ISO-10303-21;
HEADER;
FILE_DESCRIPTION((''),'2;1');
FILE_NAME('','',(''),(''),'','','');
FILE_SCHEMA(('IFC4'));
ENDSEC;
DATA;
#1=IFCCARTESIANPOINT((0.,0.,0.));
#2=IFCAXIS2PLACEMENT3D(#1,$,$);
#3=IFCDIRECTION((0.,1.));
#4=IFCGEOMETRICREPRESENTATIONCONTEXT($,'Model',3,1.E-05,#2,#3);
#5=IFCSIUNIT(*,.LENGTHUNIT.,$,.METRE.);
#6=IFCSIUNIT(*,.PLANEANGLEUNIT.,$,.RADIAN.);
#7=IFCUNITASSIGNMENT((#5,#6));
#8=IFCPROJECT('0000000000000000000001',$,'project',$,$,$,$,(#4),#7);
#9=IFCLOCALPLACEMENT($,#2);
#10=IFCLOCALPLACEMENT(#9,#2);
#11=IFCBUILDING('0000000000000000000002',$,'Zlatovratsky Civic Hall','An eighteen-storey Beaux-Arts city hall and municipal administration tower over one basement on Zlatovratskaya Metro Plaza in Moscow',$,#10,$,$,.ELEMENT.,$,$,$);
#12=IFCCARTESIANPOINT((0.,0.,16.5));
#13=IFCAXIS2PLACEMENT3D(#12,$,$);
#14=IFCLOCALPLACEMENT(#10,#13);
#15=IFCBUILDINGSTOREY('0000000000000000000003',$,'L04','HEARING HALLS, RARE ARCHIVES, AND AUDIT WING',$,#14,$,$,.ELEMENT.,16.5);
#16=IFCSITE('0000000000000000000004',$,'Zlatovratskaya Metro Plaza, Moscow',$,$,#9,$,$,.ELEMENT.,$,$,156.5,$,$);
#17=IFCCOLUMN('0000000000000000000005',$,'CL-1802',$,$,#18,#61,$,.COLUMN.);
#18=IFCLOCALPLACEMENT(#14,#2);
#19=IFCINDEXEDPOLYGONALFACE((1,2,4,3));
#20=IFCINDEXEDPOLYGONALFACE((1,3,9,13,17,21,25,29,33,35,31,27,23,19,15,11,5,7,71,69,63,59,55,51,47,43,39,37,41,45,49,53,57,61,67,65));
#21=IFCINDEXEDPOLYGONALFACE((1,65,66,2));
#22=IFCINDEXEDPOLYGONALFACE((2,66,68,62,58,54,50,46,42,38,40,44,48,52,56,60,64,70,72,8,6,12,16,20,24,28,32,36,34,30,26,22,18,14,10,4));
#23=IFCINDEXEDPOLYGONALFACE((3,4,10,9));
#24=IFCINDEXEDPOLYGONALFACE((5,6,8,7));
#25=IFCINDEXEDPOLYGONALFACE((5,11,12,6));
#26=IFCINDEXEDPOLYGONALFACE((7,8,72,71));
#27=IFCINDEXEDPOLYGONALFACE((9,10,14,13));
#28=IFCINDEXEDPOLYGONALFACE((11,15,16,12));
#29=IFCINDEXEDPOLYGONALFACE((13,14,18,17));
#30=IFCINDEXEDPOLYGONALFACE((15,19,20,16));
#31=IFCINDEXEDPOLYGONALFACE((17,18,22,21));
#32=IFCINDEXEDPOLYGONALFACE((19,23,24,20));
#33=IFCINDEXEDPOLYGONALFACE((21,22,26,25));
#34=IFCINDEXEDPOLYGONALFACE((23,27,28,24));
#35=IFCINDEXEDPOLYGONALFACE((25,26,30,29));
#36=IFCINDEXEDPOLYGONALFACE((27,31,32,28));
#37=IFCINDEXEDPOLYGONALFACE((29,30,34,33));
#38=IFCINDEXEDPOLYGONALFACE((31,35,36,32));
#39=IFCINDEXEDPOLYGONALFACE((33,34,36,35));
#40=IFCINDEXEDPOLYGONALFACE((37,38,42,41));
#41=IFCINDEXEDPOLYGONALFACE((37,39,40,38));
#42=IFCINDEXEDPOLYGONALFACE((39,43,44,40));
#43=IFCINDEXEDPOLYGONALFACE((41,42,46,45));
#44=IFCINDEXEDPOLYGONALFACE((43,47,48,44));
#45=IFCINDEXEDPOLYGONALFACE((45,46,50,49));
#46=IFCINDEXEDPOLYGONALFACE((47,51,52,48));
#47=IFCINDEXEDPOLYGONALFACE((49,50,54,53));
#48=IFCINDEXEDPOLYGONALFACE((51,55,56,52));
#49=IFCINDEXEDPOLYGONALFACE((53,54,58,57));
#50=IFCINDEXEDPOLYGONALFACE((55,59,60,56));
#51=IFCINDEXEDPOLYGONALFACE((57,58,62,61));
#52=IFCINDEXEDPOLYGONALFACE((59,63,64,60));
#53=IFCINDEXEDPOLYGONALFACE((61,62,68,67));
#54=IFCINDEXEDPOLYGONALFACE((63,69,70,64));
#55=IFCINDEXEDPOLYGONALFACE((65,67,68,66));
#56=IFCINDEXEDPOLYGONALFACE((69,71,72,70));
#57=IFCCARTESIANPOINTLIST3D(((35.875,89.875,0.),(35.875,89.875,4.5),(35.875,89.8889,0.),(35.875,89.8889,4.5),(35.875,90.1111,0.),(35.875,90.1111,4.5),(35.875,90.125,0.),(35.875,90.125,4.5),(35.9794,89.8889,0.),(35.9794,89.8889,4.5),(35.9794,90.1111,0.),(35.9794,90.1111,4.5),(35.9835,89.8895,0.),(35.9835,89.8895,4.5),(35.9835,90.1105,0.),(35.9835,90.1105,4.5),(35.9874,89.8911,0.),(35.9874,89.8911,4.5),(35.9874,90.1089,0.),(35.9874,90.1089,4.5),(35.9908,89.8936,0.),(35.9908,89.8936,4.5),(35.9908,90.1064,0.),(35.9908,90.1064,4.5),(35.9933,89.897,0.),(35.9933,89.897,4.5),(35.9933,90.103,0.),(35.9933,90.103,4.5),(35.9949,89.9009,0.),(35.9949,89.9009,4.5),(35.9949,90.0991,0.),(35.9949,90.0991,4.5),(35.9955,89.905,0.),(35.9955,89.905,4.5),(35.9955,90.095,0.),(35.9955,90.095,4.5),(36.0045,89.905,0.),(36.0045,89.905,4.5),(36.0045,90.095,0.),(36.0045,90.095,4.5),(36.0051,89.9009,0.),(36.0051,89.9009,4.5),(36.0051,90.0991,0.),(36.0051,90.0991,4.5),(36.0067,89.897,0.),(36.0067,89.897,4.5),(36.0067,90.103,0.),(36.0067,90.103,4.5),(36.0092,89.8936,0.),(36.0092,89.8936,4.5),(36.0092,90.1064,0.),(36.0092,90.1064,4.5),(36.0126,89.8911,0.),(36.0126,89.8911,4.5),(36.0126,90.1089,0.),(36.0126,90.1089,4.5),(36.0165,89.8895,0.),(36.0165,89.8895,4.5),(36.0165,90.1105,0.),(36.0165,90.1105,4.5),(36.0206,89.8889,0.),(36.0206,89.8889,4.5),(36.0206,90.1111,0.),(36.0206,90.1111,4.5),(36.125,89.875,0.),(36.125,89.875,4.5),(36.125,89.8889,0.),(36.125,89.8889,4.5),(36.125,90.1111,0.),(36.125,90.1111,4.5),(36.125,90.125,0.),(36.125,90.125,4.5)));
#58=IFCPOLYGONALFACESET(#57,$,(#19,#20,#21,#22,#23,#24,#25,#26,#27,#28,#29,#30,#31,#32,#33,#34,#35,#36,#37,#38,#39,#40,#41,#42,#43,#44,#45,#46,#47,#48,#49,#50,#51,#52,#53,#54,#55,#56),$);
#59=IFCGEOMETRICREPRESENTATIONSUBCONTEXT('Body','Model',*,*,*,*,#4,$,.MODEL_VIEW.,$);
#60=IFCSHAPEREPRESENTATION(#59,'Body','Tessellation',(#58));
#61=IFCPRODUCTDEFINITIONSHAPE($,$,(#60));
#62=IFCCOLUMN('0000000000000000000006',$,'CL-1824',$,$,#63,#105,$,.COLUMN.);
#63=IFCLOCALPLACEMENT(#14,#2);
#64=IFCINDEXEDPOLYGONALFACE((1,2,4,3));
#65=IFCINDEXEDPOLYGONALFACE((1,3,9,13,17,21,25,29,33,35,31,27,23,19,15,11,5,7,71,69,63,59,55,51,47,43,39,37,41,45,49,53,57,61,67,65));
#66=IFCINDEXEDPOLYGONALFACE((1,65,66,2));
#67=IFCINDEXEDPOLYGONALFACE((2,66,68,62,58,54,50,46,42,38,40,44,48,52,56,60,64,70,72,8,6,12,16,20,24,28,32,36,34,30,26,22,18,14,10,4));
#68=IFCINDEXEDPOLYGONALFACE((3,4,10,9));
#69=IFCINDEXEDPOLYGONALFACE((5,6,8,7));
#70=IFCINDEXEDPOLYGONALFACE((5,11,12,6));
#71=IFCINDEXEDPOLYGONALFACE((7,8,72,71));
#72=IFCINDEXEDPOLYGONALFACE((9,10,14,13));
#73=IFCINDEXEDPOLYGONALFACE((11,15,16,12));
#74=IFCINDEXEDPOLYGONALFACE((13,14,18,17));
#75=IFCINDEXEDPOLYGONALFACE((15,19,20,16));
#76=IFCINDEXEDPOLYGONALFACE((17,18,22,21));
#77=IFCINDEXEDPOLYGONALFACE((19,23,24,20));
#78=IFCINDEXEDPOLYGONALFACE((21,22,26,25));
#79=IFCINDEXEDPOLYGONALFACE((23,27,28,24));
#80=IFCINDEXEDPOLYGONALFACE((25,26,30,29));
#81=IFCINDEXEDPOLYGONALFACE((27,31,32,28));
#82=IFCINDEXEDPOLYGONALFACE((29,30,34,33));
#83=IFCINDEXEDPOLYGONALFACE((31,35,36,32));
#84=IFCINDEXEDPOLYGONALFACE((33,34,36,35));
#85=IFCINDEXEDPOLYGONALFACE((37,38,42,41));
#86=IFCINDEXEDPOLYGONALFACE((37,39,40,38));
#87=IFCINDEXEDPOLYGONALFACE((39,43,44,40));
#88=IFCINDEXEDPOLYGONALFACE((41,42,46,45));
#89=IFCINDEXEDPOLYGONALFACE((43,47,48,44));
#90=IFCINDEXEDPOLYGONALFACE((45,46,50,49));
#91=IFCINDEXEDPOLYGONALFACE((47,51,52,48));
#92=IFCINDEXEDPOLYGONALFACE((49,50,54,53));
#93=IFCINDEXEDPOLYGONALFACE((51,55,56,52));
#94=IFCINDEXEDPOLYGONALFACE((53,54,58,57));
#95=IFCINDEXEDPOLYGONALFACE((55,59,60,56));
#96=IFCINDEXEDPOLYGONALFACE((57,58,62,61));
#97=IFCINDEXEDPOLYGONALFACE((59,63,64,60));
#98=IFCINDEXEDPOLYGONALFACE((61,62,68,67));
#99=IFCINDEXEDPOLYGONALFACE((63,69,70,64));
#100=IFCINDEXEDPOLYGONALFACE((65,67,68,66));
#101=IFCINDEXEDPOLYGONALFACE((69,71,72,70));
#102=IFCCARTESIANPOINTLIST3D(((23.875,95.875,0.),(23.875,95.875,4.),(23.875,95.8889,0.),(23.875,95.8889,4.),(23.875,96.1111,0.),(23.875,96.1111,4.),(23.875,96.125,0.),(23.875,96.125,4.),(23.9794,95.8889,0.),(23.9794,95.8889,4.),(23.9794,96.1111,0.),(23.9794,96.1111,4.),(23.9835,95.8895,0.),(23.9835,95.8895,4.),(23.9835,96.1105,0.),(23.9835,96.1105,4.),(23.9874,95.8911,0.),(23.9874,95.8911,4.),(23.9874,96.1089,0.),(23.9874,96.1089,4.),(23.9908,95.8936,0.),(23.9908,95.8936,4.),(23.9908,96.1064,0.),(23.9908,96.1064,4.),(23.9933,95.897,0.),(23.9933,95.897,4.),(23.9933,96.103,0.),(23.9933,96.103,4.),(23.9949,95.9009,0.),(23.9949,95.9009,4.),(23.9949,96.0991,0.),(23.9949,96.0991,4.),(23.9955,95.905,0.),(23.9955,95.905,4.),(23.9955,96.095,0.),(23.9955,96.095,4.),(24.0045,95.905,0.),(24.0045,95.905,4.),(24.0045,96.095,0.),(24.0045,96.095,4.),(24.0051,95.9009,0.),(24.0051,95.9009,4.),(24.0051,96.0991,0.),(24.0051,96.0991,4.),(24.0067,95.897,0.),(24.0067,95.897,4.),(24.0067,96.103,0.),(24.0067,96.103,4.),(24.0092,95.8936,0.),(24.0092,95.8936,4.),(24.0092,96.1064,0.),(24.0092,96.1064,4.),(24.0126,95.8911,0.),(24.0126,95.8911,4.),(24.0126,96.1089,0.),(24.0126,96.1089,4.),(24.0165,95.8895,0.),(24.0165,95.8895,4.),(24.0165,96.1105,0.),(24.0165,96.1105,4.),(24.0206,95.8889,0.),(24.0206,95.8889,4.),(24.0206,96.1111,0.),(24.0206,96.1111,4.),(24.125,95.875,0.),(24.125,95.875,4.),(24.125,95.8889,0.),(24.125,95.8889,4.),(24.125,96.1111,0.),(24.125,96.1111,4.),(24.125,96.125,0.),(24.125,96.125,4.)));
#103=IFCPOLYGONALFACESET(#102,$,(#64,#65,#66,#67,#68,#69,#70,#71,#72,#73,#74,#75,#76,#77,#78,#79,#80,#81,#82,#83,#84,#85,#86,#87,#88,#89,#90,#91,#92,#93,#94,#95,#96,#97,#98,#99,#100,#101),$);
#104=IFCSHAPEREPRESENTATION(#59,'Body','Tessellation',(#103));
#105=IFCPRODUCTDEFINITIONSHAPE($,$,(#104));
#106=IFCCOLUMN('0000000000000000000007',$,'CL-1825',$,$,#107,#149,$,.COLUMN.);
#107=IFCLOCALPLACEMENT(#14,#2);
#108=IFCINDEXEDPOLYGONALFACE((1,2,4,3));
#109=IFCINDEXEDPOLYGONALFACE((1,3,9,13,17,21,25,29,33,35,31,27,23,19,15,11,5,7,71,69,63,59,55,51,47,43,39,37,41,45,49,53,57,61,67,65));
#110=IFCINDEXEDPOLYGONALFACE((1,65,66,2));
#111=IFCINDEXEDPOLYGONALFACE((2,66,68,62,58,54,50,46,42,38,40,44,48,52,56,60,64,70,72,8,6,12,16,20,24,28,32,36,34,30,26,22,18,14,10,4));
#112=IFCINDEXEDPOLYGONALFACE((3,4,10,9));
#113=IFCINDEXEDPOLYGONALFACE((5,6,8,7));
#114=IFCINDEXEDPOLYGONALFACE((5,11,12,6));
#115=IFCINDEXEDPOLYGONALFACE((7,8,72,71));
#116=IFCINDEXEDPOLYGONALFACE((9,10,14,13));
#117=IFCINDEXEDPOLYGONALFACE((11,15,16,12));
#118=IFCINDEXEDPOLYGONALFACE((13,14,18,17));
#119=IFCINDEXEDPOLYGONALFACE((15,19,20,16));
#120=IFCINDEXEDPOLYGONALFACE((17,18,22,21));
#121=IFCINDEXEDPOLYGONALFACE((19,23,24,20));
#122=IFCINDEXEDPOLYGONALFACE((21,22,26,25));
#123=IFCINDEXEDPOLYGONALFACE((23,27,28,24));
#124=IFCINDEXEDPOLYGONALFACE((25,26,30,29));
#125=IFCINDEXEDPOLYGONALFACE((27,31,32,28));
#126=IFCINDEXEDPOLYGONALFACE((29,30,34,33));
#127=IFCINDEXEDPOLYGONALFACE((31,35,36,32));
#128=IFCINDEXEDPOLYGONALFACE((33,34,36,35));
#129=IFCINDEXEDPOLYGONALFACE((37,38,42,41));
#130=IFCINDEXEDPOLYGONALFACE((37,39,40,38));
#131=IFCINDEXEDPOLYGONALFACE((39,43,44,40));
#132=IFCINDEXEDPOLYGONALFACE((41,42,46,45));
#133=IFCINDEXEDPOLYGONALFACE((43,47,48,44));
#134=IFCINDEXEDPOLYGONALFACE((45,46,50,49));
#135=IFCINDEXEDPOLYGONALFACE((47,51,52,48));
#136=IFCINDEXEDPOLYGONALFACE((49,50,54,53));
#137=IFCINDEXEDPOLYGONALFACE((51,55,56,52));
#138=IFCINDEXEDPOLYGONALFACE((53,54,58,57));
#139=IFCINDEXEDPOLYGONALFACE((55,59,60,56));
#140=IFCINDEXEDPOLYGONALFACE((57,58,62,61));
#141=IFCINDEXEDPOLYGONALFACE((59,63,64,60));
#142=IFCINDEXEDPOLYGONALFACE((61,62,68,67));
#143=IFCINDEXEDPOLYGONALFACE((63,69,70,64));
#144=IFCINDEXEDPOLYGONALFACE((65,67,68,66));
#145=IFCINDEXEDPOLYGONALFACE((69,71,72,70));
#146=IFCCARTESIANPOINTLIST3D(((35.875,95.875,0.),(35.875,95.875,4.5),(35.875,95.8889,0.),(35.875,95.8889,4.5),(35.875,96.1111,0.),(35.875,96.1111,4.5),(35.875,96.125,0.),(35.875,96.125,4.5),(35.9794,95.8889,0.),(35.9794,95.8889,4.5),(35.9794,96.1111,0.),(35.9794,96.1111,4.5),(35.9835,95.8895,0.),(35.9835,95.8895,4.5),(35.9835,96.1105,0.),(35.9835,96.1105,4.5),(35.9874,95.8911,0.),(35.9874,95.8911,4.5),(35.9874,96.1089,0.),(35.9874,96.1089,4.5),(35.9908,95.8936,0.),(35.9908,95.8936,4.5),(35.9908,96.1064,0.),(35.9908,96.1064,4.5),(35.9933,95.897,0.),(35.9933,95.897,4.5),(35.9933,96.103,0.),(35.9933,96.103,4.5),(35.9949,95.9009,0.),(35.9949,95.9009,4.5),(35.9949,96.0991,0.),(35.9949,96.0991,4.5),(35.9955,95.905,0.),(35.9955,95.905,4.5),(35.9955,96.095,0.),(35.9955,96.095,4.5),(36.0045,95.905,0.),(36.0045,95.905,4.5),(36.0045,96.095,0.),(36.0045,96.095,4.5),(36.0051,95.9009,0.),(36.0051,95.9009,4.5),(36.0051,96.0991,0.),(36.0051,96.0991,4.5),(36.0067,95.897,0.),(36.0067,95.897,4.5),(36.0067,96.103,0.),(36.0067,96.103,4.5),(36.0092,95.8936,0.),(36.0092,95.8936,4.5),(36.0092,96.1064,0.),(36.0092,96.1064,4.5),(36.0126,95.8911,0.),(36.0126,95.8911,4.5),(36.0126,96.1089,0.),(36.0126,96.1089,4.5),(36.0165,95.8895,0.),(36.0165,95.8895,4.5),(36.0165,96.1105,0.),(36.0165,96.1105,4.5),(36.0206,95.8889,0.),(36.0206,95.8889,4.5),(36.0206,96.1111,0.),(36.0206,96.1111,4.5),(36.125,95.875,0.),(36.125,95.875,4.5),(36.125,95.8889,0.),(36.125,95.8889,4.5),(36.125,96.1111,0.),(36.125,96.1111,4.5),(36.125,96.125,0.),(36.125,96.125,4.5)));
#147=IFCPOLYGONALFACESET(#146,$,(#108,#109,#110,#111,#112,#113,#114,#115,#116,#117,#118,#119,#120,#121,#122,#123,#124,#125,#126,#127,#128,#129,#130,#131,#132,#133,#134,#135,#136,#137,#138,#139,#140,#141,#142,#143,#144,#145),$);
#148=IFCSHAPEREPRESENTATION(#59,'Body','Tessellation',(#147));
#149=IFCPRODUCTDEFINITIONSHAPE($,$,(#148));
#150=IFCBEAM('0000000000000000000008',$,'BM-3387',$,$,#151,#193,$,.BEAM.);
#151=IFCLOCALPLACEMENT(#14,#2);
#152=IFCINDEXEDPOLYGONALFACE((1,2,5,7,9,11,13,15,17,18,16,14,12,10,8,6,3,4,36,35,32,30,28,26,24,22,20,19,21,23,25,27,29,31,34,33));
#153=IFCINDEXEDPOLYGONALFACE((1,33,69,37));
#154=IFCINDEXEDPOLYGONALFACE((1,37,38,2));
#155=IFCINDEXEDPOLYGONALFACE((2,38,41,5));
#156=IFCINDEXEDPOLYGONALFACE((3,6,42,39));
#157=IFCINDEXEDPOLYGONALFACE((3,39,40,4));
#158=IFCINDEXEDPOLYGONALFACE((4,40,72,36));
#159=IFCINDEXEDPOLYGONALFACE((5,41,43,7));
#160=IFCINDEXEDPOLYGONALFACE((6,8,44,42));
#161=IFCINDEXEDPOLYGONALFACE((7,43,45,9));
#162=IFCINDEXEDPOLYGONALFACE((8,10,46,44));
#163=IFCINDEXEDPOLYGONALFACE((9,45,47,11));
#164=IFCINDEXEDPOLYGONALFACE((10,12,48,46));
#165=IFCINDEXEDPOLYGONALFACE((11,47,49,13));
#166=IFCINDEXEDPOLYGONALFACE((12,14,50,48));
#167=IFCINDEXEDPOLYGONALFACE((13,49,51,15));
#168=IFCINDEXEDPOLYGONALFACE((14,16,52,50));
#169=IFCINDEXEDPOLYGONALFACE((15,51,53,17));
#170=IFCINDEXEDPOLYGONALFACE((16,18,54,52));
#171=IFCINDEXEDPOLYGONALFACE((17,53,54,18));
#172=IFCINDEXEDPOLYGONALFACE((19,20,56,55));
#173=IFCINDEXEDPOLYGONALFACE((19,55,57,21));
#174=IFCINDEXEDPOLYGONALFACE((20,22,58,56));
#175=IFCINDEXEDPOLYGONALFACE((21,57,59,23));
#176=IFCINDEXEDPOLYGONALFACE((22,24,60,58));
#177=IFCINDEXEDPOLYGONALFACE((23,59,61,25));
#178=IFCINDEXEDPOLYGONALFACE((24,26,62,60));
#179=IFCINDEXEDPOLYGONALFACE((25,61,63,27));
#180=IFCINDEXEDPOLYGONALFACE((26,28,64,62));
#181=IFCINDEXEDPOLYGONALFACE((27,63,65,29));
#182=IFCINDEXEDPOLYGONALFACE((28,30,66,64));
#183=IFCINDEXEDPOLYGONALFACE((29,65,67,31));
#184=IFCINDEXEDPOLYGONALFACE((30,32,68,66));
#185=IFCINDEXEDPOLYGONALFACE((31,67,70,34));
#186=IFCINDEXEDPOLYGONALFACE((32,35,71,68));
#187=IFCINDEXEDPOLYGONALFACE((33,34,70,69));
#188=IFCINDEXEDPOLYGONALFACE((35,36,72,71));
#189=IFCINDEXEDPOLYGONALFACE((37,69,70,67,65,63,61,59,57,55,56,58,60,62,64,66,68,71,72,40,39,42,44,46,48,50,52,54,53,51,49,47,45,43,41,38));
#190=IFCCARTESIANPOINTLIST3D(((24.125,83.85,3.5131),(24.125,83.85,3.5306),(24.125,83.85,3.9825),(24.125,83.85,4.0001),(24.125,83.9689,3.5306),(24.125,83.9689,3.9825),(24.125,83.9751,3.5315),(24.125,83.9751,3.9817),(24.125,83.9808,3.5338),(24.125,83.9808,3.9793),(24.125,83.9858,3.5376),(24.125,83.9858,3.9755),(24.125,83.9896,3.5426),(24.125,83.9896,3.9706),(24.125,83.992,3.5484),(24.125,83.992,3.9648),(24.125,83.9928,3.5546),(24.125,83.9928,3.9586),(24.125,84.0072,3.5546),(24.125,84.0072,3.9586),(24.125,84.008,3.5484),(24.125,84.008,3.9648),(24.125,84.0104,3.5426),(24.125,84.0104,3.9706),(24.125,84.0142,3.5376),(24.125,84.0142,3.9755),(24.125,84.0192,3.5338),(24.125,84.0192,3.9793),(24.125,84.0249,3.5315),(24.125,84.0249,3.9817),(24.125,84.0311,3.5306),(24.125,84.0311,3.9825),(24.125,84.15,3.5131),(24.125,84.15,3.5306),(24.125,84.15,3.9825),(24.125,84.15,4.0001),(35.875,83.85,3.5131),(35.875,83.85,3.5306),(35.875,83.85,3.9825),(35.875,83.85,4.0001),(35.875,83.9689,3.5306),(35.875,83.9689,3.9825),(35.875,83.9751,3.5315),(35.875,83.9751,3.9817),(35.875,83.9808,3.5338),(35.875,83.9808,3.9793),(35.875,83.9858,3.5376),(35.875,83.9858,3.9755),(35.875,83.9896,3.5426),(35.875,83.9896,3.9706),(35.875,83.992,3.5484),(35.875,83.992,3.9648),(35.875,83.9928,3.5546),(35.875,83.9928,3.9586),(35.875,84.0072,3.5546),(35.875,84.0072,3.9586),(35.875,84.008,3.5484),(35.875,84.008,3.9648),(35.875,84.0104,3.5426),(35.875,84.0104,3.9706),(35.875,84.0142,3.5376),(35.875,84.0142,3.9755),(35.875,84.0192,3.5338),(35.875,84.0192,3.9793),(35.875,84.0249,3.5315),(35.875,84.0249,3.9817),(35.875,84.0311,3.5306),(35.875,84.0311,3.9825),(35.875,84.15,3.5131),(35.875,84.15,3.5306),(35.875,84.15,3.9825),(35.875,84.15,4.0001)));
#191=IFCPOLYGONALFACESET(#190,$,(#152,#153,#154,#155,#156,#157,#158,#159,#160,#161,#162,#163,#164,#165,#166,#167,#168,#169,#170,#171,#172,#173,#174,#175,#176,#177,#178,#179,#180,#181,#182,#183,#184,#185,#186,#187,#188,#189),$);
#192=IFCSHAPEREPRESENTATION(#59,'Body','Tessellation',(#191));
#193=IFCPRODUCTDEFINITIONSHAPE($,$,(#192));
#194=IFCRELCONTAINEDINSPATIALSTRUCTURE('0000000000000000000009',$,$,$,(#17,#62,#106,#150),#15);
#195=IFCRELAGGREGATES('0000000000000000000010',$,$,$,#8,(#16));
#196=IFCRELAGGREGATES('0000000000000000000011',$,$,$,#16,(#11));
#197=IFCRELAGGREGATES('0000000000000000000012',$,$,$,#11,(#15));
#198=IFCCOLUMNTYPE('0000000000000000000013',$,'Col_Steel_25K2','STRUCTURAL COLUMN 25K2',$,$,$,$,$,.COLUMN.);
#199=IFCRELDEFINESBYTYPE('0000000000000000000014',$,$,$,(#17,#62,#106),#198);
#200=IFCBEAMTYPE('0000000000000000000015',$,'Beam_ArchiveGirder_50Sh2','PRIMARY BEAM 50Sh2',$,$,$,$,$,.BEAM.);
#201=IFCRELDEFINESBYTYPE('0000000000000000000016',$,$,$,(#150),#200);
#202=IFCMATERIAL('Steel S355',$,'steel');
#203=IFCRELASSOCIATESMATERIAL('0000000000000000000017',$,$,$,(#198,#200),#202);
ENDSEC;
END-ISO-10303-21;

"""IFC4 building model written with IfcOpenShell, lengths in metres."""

from ifc_helpers import new_model, si_unit, direction, frame, origin, origin_2d, place, context, subcontext, project, spatial, i_section, extrude, material, material_profile, profile_set, type_object, element, save


model = new_model("IFC4")

# Units and contexts
model_context = context("Model", 3, precision=1e-05, world=origin(), true_north=direction((0.0, 1.0)))
body_context = subcontext(model_context, "Body", "Model", "MODEL_VIEW")
ifc_project = project(units=[si_unit("LENGTHUNIT", "METRE"), si_unit("PLANEANGLEUNIT", "RADIAN")], contexts=[model_context])

# Site, building, storey
site_placement = place(None, origin())
site = spatial("IfcSite", under=ifc_project, at=site_placement, Name="Zlatovratskaya Metro Plaza, Moscow", CompositionType="ELEMENT", RefElevation=156.5)
building_placement = place(site_placement, origin())
building = spatial("IfcBuilding", under=site, at=building_placement, Name="Zlatovratsky Civic Hall", Description="An eighteen-storey Beaux-Arts city hall and municipal administration tower over one basement on Zlatovratskaya Metro Plaza in Moscow", CompositionType="ELEMENT")
storey_placement = place(building_placement, frame((0.0, 0.0, 16.5)))
storey = spatial("IfcBuildingStorey", under=building, at=storey_placement, Name="L04", Description="HEARING HALLS, RARE ARCHIVES, AND AUDIT WING", CompositionType="ELEMENT", Elevation=16.5)

# Columns
ifc_material_1 = material(Name="Steel S355", Category="steel")
ifc_material_profile_1 = material_profile(ifc_material_1, i_section(OverallWidth=0.25, OverallDepth=0.25, WebThickness=0.009, FlangeThickness=0.0139, FilletRadius=0.0161, at=origin_2d()), Name="25K2")
ifc_profile_set_1 = profile_set([ifc_material_profile_1], Name="Steel S355")
column_type_1 = type_object("IfcColumnType", Name="Col_Steel_25K2", Description="STRUCTURAL COLUMN 25K2", PredefinedType="COLUMN", material=ifc_profile_set_1)
column_1_placement = place(storey_placement, frame((36.0, 90.0, 0.0), z_axis=(0.0, 0.0, 1.0), x_axis=(1.0, 0.0, 0.0)))
element("IfcColumn", 1, at=column_1_placement, inside=storey, type_object=column_type_1, Name="CL-1802", PredefinedType="COLUMN", context=body_context, shape_type="SweptSolid", body=[
    extrude(i_section(OverallWidth=0.25, OverallDepth=0.25, WebThickness=0.009, FlangeThickness=0.0139, FilletRadius=0.0161, at=origin_2d()), origin(), (0.0, 0.0, 1.0), 4.5),
])
column_2_placement = place(storey_placement, frame((24.0, 96.0, 0.0), z_axis=(0.0, 0.0, 1.0), x_axis=(1.0, 0.0, 0.0)))
element("IfcColumn", 2, at=column_2_placement, inside=storey, type_object=column_type_1, Name="CL-1824", PredefinedType="COLUMN", context=body_context, shape_type="SweptSolid", body=[
    extrude(i_section(OverallWidth=0.25, OverallDepth=0.25, WebThickness=0.009, FlangeThickness=0.0139, FilletRadius=0.0161, at=origin_2d()), origin(), (0.0, 0.0, 1.0), 4.0),
])
column_3_placement = place(storey_placement, frame((36.0, 96.0, 0.0), z_axis=(0.0, 0.0, 1.0), x_axis=(1.0, 0.0, 0.0)))
element("IfcColumn", 3, at=column_3_placement, inside=storey, type_object=column_type_1, Name="CL-1825", PredefinedType="COLUMN", context=body_context, shape_type="SweptSolid", body=[
    extrude(i_section(OverallWidth=0.25, OverallDepth=0.25, WebThickness=0.009, FlangeThickness=0.0139, FilletRadius=0.0161, at=origin_2d()), origin(), (0.0, 0.0, 1.0), 4.5),
])

# Beam
ifc_material_profile_2 = material_profile(ifc_material_1, i_section(OverallWidth=0.3, OverallDepth=0.4871, WebThickness=0.0144, FlangeThickness=0.0176, FilletRadius=0.0239, at=origin_2d()), Name="50Sh2")
ifc_profile_set_2 = profile_set([ifc_material_profile_2], Name="Steel S355")
beam_type_1 = type_object("IfcBeamType", Name="Beam_ArchiveGirder_50Sh2", Description="PRIMARY BEAM 50Sh2", PredefinedType="BEAM", material=ifc_profile_set_2)
for number, where, z_axis, x_axis, name in (
    (4, (24.125, 84.0, 3.7566), (1.0, 0.0, 0.0), (0.0, 1.0, 0.0), "BM-3387"),
):
    element("IfcBeam", number, at=place(storey_placement, frame(where, z_axis=z_axis, x_axis=x_axis)), inside=storey, type_object=beam_type_1, Name=name, PredefinedType="BEAM", context=body_context, shape_type="SweptSolid", body=[
        extrude(i_section(OverallWidth=0.3, OverallDepth=0.4871, WebThickness=0.0144, FlangeThickness=0.0176, FilletRadius=0.0239, at=origin_2d()), origin(), (0.0, 0.0, 1.0), 11.75),
    ])

save(model, "model.ifc")
